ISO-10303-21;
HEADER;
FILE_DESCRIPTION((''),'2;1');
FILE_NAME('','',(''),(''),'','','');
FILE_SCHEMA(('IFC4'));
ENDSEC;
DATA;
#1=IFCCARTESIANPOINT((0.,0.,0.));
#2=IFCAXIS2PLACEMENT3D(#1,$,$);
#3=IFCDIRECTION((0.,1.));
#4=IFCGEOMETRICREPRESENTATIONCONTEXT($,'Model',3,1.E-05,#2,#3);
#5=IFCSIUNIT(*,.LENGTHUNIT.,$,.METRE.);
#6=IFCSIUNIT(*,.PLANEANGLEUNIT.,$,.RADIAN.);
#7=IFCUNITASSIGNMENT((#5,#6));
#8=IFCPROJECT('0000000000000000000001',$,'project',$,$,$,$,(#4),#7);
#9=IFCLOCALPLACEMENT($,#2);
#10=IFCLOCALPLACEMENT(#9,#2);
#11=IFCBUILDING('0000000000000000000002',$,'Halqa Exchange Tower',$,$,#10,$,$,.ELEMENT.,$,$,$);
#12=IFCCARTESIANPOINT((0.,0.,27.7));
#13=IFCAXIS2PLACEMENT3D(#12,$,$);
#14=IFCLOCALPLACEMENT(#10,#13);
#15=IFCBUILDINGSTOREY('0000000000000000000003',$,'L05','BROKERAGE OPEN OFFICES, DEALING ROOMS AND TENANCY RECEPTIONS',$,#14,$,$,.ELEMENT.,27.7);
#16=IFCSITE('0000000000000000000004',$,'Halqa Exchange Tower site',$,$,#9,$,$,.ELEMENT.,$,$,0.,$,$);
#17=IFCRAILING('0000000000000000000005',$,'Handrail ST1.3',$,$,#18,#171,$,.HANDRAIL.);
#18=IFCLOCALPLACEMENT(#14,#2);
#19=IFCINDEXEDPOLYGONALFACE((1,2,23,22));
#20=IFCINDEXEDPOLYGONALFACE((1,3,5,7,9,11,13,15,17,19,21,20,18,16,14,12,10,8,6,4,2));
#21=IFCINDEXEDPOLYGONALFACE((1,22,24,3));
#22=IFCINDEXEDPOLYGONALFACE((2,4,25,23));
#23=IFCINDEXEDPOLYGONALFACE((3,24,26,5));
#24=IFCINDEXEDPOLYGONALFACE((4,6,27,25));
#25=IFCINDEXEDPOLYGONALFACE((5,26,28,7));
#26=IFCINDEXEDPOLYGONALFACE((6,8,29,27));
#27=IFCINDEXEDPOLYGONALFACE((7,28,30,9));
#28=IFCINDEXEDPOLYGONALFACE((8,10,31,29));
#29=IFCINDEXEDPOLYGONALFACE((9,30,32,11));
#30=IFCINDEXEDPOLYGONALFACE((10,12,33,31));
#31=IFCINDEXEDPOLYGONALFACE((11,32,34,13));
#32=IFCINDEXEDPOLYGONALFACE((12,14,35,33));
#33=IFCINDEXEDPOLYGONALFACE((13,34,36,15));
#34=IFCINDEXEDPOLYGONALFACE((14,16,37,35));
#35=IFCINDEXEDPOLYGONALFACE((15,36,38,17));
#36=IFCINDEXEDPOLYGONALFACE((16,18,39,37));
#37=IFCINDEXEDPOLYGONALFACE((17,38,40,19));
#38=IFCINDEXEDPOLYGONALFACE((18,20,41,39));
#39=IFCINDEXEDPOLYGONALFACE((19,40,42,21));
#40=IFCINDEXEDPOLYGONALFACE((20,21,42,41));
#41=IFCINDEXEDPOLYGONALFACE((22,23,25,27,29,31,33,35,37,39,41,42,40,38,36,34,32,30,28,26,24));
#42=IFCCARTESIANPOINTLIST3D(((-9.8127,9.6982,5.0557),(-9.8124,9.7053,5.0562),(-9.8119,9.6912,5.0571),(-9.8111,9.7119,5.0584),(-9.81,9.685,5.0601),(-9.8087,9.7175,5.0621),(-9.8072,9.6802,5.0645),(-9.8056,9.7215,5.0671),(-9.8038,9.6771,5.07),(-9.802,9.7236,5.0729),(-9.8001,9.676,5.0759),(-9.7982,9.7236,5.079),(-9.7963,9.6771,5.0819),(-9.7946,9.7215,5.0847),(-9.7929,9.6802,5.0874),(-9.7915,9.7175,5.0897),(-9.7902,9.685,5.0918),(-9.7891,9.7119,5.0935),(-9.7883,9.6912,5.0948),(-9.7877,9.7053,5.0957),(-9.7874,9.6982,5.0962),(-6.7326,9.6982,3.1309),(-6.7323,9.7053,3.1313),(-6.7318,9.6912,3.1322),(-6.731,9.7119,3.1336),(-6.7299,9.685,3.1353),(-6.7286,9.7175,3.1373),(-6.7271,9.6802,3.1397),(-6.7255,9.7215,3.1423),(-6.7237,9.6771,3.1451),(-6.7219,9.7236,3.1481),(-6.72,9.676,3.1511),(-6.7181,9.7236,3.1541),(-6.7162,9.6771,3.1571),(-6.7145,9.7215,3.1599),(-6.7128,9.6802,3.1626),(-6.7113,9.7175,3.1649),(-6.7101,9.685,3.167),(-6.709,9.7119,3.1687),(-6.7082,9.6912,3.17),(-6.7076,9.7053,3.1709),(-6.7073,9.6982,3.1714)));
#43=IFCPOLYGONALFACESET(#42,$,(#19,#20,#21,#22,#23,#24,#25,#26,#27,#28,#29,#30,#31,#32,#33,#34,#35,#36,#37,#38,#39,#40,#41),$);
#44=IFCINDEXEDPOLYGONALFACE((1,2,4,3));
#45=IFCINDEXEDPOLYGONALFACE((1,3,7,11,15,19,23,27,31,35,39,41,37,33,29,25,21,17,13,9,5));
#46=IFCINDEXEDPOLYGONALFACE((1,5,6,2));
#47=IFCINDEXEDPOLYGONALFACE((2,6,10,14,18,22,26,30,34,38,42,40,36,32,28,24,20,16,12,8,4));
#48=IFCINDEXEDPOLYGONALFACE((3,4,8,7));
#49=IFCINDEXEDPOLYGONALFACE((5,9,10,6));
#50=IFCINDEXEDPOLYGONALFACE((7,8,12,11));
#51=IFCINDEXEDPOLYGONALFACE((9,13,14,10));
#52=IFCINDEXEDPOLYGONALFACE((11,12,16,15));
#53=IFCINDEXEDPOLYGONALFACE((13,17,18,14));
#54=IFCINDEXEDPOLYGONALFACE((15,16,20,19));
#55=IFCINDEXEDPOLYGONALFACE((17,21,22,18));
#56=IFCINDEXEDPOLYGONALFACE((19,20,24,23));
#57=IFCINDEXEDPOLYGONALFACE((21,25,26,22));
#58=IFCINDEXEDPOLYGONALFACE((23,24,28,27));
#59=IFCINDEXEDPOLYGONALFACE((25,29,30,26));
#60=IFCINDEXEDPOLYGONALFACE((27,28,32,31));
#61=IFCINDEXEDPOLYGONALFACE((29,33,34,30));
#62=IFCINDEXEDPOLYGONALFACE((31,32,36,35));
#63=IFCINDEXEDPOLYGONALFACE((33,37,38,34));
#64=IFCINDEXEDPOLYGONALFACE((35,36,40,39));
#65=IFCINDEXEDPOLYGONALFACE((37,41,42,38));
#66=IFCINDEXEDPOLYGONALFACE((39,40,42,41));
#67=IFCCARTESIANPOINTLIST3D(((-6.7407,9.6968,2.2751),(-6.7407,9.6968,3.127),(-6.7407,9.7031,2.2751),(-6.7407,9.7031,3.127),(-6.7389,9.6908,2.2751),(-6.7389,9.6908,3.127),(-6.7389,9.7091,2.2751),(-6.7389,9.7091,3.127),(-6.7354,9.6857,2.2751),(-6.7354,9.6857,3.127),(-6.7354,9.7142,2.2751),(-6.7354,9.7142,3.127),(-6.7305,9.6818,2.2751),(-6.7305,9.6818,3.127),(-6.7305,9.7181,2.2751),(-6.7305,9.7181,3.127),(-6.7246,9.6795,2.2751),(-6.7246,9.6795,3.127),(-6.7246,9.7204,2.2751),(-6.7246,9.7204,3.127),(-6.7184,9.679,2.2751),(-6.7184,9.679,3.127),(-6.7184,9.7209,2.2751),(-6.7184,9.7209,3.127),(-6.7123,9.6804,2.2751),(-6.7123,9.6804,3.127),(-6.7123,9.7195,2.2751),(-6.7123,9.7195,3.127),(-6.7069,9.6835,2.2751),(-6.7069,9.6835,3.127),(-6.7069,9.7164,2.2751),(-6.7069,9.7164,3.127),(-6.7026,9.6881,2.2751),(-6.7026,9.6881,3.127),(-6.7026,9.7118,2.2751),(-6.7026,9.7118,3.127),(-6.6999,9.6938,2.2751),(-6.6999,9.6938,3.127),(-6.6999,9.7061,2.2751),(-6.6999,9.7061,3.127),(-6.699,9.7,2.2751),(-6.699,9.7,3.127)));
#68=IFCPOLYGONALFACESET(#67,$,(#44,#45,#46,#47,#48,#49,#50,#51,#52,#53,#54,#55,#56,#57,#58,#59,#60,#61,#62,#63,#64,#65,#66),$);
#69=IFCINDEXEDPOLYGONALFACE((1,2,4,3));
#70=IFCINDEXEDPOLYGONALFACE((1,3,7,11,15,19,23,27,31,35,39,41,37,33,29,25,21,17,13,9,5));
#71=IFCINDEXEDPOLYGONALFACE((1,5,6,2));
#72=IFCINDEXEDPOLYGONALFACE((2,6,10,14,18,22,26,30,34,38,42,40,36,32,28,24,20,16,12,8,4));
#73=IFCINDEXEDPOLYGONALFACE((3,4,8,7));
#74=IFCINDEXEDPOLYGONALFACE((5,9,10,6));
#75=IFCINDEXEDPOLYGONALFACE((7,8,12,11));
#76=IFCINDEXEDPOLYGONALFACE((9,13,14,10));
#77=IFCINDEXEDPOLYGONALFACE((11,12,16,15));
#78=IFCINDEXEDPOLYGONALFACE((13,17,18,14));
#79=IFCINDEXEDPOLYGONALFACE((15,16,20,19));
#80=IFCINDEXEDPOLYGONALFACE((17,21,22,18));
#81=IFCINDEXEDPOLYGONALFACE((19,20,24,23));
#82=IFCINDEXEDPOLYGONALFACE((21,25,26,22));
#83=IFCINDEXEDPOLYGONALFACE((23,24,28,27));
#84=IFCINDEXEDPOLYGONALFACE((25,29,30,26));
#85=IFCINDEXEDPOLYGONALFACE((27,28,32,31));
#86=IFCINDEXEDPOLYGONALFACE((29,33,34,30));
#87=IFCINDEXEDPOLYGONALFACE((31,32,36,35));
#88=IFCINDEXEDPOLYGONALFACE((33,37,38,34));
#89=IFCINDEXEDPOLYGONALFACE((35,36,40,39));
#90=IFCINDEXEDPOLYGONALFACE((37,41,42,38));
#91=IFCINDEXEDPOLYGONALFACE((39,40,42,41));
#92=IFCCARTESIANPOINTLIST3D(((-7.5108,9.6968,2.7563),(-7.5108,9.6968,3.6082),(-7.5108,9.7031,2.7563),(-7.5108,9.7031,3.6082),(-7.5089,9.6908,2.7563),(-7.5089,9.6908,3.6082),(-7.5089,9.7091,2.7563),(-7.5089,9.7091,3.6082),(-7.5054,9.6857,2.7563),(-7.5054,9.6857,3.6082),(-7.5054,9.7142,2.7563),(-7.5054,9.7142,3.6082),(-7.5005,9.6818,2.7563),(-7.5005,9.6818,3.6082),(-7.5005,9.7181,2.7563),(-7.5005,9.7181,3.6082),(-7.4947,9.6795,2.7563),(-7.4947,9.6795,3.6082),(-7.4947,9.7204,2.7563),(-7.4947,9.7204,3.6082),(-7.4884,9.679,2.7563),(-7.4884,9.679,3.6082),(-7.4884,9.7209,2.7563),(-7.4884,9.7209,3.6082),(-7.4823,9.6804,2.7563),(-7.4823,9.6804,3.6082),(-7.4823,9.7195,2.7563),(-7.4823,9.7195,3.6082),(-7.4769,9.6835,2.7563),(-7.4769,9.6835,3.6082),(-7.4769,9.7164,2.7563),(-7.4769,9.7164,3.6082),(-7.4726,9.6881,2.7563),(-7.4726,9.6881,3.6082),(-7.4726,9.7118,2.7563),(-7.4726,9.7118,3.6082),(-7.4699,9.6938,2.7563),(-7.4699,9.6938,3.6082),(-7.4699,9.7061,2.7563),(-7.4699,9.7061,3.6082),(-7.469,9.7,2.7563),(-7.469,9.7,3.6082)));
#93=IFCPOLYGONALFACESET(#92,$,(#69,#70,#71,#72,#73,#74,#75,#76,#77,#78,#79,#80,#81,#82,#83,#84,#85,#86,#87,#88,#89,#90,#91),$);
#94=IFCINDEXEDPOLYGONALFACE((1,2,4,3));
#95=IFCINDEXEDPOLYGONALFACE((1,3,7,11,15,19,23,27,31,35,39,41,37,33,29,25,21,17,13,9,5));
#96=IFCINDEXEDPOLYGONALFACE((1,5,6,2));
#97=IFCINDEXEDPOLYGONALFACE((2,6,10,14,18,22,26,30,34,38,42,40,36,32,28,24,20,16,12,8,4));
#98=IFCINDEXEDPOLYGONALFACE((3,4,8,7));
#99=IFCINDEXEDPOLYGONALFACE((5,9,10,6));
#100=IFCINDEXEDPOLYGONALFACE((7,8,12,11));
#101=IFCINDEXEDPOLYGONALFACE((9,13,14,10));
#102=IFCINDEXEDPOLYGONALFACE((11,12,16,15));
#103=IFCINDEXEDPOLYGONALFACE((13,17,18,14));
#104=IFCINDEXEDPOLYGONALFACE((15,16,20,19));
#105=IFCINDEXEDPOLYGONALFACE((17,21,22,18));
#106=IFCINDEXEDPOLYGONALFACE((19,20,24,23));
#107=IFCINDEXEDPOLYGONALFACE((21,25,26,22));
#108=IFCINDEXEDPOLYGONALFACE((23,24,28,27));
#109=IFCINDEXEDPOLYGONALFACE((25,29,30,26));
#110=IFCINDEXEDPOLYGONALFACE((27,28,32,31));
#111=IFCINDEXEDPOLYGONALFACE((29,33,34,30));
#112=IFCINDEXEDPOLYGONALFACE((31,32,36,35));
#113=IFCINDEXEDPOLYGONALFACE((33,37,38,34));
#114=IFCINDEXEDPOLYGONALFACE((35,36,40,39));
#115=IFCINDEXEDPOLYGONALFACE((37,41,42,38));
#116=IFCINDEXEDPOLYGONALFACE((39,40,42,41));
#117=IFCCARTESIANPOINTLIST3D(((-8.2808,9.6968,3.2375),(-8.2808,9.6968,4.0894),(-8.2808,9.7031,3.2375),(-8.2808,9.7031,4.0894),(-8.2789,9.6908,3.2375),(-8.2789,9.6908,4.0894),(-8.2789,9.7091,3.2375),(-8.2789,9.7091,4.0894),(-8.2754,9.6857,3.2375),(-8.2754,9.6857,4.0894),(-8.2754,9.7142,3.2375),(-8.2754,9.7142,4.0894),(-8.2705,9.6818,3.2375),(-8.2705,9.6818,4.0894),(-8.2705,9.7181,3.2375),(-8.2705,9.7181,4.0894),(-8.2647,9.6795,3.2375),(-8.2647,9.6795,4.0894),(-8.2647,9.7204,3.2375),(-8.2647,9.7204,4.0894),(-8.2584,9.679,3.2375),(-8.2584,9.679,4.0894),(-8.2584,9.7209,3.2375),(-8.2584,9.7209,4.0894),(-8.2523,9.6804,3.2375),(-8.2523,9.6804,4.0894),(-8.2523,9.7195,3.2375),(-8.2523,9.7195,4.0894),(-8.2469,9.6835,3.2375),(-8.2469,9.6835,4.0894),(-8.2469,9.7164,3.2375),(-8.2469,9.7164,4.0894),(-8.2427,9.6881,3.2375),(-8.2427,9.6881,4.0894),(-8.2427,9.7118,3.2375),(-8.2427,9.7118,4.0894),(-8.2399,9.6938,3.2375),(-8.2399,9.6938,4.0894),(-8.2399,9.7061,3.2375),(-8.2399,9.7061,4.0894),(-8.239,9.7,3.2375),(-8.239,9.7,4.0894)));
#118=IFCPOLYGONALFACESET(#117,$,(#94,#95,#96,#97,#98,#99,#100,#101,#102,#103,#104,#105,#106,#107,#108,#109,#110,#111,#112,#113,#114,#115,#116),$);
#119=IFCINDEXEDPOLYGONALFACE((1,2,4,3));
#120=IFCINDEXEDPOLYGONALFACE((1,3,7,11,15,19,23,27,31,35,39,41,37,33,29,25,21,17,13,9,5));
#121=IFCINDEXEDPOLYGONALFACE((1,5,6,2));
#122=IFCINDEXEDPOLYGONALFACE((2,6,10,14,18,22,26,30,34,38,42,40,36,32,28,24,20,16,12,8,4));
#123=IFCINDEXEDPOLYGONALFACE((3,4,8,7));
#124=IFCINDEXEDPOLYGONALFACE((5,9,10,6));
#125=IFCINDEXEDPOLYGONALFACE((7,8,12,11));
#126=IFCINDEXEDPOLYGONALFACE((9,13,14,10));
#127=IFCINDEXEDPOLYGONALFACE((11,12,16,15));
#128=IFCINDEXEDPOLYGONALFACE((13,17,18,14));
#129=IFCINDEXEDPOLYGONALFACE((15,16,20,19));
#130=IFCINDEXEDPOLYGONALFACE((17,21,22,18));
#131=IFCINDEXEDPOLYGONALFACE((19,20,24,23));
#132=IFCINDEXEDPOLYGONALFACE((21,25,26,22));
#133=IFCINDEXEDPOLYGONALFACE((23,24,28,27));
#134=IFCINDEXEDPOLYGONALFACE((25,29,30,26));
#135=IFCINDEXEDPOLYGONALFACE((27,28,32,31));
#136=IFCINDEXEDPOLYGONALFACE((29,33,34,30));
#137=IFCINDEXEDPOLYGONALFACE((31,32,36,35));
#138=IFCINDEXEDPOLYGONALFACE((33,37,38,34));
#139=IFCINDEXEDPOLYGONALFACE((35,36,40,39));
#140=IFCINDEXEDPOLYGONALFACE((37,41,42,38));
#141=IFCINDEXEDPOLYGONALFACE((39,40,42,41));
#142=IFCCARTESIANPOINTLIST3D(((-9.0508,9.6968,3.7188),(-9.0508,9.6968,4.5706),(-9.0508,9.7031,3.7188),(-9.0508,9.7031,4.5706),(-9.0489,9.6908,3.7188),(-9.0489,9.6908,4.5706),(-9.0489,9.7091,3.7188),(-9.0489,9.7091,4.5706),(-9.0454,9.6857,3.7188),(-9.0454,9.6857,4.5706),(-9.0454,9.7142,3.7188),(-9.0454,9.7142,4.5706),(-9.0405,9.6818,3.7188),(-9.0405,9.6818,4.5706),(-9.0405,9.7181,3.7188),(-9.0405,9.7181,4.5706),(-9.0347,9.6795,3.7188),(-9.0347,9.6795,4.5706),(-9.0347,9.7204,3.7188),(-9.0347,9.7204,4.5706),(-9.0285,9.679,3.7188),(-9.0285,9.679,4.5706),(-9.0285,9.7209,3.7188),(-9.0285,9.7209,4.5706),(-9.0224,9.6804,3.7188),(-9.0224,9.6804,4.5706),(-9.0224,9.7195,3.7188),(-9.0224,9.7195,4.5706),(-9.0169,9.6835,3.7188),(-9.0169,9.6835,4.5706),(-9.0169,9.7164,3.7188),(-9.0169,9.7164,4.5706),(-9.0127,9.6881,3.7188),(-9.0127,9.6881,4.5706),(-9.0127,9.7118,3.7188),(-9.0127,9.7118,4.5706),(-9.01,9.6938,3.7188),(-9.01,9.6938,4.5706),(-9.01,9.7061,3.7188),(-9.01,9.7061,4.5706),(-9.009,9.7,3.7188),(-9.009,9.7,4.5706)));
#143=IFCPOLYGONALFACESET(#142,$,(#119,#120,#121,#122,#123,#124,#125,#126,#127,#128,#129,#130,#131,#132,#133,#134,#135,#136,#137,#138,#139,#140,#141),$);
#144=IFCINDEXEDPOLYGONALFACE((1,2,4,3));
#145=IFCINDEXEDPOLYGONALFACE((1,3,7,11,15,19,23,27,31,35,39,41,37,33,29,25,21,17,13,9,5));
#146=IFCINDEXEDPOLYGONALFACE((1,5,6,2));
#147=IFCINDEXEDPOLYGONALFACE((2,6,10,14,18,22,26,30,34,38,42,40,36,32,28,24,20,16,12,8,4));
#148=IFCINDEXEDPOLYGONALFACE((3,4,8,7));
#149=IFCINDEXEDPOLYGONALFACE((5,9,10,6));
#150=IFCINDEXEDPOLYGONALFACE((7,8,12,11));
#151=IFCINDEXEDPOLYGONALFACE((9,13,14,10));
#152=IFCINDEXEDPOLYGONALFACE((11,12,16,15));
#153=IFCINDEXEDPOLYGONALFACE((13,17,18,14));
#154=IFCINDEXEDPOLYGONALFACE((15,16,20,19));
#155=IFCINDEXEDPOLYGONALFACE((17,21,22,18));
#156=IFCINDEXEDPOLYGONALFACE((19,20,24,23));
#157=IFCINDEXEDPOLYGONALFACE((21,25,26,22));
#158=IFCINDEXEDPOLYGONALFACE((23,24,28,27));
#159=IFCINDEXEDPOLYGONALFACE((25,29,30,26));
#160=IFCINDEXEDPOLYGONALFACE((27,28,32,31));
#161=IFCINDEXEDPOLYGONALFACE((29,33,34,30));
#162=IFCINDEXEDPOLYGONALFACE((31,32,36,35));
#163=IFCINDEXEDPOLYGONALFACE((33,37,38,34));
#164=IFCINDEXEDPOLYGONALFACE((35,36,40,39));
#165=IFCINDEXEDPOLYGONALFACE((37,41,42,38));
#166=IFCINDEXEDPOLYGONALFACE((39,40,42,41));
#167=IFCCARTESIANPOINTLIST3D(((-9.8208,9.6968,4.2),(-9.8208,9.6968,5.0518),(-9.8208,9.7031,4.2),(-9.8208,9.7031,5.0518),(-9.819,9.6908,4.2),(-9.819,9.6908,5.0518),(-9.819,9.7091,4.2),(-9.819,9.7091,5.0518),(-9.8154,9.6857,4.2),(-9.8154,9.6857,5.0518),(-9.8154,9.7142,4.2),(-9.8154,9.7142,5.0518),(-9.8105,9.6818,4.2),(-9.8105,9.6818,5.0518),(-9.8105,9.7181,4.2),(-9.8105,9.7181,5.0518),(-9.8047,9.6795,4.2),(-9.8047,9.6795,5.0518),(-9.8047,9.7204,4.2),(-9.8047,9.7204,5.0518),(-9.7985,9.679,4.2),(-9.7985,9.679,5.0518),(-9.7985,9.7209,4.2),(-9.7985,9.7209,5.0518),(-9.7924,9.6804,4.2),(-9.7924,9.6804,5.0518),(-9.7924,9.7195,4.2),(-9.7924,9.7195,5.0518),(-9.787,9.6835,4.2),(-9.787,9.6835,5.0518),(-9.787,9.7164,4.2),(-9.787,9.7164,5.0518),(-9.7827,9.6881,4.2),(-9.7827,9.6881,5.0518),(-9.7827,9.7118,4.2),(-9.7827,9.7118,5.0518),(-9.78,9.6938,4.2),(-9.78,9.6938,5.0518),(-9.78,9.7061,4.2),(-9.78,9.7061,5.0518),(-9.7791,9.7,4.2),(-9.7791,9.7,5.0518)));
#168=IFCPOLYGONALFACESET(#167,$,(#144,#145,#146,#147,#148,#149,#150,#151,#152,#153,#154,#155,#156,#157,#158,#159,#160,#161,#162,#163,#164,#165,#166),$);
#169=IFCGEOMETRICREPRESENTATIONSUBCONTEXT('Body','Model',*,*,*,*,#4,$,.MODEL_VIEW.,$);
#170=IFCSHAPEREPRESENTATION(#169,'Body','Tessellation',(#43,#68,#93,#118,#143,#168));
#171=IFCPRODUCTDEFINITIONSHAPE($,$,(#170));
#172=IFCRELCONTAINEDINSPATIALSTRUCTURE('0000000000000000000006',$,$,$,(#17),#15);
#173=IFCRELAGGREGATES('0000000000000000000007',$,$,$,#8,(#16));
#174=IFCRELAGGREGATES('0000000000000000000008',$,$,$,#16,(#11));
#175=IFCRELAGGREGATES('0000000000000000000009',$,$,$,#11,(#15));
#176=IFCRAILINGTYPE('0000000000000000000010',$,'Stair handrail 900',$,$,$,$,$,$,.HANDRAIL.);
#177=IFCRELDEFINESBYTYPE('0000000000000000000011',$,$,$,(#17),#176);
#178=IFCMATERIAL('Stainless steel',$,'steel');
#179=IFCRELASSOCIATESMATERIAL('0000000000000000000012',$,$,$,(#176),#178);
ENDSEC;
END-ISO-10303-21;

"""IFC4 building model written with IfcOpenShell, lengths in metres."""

from ifc_helpers import new_model, si_unit, direction, frame, origin, origin_2d, place, context, subcontext, project, spatial, circle, extrude, material, type_object, element, save


model = new_model("IFC4")

# Units and contexts
model_context = context("Model", 3, precision=1e-05, world=origin(), true_north=direction((0.0, 1.0)))
body_context = subcontext(model_context, "Body", "Model", "MODEL_VIEW")
ifc_project = project(units=[si_unit("LENGTHUNIT", "METRE"), si_unit("PLANEANGLEUNIT", "RADIAN")], contexts=[model_context])

# Site, building, storey
site_placement = place(None, origin())
site = spatial("IfcSite", under=ifc_project, at=site_placement, Name="Halqa Exchange Tower site", CompositionType="ELEMENT", RefElevation=0.0)
building_placement = place(site_placement, origin())
building = spatial("IfcBuilding", under=site, at=building_placement, Name="Halqa Exchange Tower", CompositionType="ELEMENT")
storey_placement = place(building_placement, frame((0.0, 0.0, 27.7)))
storey = spatial("IfcBuildingStorey", under=building, at=storey_placement, Name="L05", Description="BROKERAGE OPEN OFFICES, DEALING ROOMS AND TENANCY RECEPTIONS", CompositionType="ELEMENT", Elevation=27.7)

# Railing
ifc_material_1 = material(Name="Stainless steel", Category="steel")
railing_type_1 = type_object("IfcRailingType", Name="Stair handrail 900", PredefinedType="HANDRAIL", material=ifc_material_1)
railing_1_placement = place(storey_placement, frame((-6.72, 9.7, 2.2751)))
element("IfcRailing", 1, at=railing_1_placement, inside=storey, type_object=railing_type_1, Name="Handrail ST1.3", PredefinedType="HANDRAIL", context=body_context, shape_type="SweptSolid", body=[
    extrude(circle(Radius=0.0239, at=origin_2d()), frame((0.0, 0.0, 0.876), z_axis=(-0.848029, 0.0, 0.529951), x_axis=(0.0, -1.0, 0.0)), (0.0, 0.0, 1.0), 3.6321),
    extrude(circle(Radius=0.021, at=origin_2d()), origin(), (0.0, 0.0, 1.0), 0.8518),
    extrude(circle(Radius=0.021, at=origin_2d()), frame((-0.77, 0.0, 0.4812)), (0.0, 0.0, 1.0), 0.8518),
    extrude(circle(Radius=0.021, at=origin_2d()), frame((-1.54, 0.0, 0.9624)), (0.0, 0.0, 1.0), 0.8518),
    extrude(circle(Radius=0.021, at=origin_2d()), frame((-2.3101, 0.0, 1.4436)), (0.0, 0.0, 1.0), 0.8518),
    extrude(circle(Radius=0.021, at=origin_2d()), frame((-3.0801, 0.0, 1.9248)), (0.0, 0.0, 1.0), 0.8518),
])

save(model, "model.ifc")
